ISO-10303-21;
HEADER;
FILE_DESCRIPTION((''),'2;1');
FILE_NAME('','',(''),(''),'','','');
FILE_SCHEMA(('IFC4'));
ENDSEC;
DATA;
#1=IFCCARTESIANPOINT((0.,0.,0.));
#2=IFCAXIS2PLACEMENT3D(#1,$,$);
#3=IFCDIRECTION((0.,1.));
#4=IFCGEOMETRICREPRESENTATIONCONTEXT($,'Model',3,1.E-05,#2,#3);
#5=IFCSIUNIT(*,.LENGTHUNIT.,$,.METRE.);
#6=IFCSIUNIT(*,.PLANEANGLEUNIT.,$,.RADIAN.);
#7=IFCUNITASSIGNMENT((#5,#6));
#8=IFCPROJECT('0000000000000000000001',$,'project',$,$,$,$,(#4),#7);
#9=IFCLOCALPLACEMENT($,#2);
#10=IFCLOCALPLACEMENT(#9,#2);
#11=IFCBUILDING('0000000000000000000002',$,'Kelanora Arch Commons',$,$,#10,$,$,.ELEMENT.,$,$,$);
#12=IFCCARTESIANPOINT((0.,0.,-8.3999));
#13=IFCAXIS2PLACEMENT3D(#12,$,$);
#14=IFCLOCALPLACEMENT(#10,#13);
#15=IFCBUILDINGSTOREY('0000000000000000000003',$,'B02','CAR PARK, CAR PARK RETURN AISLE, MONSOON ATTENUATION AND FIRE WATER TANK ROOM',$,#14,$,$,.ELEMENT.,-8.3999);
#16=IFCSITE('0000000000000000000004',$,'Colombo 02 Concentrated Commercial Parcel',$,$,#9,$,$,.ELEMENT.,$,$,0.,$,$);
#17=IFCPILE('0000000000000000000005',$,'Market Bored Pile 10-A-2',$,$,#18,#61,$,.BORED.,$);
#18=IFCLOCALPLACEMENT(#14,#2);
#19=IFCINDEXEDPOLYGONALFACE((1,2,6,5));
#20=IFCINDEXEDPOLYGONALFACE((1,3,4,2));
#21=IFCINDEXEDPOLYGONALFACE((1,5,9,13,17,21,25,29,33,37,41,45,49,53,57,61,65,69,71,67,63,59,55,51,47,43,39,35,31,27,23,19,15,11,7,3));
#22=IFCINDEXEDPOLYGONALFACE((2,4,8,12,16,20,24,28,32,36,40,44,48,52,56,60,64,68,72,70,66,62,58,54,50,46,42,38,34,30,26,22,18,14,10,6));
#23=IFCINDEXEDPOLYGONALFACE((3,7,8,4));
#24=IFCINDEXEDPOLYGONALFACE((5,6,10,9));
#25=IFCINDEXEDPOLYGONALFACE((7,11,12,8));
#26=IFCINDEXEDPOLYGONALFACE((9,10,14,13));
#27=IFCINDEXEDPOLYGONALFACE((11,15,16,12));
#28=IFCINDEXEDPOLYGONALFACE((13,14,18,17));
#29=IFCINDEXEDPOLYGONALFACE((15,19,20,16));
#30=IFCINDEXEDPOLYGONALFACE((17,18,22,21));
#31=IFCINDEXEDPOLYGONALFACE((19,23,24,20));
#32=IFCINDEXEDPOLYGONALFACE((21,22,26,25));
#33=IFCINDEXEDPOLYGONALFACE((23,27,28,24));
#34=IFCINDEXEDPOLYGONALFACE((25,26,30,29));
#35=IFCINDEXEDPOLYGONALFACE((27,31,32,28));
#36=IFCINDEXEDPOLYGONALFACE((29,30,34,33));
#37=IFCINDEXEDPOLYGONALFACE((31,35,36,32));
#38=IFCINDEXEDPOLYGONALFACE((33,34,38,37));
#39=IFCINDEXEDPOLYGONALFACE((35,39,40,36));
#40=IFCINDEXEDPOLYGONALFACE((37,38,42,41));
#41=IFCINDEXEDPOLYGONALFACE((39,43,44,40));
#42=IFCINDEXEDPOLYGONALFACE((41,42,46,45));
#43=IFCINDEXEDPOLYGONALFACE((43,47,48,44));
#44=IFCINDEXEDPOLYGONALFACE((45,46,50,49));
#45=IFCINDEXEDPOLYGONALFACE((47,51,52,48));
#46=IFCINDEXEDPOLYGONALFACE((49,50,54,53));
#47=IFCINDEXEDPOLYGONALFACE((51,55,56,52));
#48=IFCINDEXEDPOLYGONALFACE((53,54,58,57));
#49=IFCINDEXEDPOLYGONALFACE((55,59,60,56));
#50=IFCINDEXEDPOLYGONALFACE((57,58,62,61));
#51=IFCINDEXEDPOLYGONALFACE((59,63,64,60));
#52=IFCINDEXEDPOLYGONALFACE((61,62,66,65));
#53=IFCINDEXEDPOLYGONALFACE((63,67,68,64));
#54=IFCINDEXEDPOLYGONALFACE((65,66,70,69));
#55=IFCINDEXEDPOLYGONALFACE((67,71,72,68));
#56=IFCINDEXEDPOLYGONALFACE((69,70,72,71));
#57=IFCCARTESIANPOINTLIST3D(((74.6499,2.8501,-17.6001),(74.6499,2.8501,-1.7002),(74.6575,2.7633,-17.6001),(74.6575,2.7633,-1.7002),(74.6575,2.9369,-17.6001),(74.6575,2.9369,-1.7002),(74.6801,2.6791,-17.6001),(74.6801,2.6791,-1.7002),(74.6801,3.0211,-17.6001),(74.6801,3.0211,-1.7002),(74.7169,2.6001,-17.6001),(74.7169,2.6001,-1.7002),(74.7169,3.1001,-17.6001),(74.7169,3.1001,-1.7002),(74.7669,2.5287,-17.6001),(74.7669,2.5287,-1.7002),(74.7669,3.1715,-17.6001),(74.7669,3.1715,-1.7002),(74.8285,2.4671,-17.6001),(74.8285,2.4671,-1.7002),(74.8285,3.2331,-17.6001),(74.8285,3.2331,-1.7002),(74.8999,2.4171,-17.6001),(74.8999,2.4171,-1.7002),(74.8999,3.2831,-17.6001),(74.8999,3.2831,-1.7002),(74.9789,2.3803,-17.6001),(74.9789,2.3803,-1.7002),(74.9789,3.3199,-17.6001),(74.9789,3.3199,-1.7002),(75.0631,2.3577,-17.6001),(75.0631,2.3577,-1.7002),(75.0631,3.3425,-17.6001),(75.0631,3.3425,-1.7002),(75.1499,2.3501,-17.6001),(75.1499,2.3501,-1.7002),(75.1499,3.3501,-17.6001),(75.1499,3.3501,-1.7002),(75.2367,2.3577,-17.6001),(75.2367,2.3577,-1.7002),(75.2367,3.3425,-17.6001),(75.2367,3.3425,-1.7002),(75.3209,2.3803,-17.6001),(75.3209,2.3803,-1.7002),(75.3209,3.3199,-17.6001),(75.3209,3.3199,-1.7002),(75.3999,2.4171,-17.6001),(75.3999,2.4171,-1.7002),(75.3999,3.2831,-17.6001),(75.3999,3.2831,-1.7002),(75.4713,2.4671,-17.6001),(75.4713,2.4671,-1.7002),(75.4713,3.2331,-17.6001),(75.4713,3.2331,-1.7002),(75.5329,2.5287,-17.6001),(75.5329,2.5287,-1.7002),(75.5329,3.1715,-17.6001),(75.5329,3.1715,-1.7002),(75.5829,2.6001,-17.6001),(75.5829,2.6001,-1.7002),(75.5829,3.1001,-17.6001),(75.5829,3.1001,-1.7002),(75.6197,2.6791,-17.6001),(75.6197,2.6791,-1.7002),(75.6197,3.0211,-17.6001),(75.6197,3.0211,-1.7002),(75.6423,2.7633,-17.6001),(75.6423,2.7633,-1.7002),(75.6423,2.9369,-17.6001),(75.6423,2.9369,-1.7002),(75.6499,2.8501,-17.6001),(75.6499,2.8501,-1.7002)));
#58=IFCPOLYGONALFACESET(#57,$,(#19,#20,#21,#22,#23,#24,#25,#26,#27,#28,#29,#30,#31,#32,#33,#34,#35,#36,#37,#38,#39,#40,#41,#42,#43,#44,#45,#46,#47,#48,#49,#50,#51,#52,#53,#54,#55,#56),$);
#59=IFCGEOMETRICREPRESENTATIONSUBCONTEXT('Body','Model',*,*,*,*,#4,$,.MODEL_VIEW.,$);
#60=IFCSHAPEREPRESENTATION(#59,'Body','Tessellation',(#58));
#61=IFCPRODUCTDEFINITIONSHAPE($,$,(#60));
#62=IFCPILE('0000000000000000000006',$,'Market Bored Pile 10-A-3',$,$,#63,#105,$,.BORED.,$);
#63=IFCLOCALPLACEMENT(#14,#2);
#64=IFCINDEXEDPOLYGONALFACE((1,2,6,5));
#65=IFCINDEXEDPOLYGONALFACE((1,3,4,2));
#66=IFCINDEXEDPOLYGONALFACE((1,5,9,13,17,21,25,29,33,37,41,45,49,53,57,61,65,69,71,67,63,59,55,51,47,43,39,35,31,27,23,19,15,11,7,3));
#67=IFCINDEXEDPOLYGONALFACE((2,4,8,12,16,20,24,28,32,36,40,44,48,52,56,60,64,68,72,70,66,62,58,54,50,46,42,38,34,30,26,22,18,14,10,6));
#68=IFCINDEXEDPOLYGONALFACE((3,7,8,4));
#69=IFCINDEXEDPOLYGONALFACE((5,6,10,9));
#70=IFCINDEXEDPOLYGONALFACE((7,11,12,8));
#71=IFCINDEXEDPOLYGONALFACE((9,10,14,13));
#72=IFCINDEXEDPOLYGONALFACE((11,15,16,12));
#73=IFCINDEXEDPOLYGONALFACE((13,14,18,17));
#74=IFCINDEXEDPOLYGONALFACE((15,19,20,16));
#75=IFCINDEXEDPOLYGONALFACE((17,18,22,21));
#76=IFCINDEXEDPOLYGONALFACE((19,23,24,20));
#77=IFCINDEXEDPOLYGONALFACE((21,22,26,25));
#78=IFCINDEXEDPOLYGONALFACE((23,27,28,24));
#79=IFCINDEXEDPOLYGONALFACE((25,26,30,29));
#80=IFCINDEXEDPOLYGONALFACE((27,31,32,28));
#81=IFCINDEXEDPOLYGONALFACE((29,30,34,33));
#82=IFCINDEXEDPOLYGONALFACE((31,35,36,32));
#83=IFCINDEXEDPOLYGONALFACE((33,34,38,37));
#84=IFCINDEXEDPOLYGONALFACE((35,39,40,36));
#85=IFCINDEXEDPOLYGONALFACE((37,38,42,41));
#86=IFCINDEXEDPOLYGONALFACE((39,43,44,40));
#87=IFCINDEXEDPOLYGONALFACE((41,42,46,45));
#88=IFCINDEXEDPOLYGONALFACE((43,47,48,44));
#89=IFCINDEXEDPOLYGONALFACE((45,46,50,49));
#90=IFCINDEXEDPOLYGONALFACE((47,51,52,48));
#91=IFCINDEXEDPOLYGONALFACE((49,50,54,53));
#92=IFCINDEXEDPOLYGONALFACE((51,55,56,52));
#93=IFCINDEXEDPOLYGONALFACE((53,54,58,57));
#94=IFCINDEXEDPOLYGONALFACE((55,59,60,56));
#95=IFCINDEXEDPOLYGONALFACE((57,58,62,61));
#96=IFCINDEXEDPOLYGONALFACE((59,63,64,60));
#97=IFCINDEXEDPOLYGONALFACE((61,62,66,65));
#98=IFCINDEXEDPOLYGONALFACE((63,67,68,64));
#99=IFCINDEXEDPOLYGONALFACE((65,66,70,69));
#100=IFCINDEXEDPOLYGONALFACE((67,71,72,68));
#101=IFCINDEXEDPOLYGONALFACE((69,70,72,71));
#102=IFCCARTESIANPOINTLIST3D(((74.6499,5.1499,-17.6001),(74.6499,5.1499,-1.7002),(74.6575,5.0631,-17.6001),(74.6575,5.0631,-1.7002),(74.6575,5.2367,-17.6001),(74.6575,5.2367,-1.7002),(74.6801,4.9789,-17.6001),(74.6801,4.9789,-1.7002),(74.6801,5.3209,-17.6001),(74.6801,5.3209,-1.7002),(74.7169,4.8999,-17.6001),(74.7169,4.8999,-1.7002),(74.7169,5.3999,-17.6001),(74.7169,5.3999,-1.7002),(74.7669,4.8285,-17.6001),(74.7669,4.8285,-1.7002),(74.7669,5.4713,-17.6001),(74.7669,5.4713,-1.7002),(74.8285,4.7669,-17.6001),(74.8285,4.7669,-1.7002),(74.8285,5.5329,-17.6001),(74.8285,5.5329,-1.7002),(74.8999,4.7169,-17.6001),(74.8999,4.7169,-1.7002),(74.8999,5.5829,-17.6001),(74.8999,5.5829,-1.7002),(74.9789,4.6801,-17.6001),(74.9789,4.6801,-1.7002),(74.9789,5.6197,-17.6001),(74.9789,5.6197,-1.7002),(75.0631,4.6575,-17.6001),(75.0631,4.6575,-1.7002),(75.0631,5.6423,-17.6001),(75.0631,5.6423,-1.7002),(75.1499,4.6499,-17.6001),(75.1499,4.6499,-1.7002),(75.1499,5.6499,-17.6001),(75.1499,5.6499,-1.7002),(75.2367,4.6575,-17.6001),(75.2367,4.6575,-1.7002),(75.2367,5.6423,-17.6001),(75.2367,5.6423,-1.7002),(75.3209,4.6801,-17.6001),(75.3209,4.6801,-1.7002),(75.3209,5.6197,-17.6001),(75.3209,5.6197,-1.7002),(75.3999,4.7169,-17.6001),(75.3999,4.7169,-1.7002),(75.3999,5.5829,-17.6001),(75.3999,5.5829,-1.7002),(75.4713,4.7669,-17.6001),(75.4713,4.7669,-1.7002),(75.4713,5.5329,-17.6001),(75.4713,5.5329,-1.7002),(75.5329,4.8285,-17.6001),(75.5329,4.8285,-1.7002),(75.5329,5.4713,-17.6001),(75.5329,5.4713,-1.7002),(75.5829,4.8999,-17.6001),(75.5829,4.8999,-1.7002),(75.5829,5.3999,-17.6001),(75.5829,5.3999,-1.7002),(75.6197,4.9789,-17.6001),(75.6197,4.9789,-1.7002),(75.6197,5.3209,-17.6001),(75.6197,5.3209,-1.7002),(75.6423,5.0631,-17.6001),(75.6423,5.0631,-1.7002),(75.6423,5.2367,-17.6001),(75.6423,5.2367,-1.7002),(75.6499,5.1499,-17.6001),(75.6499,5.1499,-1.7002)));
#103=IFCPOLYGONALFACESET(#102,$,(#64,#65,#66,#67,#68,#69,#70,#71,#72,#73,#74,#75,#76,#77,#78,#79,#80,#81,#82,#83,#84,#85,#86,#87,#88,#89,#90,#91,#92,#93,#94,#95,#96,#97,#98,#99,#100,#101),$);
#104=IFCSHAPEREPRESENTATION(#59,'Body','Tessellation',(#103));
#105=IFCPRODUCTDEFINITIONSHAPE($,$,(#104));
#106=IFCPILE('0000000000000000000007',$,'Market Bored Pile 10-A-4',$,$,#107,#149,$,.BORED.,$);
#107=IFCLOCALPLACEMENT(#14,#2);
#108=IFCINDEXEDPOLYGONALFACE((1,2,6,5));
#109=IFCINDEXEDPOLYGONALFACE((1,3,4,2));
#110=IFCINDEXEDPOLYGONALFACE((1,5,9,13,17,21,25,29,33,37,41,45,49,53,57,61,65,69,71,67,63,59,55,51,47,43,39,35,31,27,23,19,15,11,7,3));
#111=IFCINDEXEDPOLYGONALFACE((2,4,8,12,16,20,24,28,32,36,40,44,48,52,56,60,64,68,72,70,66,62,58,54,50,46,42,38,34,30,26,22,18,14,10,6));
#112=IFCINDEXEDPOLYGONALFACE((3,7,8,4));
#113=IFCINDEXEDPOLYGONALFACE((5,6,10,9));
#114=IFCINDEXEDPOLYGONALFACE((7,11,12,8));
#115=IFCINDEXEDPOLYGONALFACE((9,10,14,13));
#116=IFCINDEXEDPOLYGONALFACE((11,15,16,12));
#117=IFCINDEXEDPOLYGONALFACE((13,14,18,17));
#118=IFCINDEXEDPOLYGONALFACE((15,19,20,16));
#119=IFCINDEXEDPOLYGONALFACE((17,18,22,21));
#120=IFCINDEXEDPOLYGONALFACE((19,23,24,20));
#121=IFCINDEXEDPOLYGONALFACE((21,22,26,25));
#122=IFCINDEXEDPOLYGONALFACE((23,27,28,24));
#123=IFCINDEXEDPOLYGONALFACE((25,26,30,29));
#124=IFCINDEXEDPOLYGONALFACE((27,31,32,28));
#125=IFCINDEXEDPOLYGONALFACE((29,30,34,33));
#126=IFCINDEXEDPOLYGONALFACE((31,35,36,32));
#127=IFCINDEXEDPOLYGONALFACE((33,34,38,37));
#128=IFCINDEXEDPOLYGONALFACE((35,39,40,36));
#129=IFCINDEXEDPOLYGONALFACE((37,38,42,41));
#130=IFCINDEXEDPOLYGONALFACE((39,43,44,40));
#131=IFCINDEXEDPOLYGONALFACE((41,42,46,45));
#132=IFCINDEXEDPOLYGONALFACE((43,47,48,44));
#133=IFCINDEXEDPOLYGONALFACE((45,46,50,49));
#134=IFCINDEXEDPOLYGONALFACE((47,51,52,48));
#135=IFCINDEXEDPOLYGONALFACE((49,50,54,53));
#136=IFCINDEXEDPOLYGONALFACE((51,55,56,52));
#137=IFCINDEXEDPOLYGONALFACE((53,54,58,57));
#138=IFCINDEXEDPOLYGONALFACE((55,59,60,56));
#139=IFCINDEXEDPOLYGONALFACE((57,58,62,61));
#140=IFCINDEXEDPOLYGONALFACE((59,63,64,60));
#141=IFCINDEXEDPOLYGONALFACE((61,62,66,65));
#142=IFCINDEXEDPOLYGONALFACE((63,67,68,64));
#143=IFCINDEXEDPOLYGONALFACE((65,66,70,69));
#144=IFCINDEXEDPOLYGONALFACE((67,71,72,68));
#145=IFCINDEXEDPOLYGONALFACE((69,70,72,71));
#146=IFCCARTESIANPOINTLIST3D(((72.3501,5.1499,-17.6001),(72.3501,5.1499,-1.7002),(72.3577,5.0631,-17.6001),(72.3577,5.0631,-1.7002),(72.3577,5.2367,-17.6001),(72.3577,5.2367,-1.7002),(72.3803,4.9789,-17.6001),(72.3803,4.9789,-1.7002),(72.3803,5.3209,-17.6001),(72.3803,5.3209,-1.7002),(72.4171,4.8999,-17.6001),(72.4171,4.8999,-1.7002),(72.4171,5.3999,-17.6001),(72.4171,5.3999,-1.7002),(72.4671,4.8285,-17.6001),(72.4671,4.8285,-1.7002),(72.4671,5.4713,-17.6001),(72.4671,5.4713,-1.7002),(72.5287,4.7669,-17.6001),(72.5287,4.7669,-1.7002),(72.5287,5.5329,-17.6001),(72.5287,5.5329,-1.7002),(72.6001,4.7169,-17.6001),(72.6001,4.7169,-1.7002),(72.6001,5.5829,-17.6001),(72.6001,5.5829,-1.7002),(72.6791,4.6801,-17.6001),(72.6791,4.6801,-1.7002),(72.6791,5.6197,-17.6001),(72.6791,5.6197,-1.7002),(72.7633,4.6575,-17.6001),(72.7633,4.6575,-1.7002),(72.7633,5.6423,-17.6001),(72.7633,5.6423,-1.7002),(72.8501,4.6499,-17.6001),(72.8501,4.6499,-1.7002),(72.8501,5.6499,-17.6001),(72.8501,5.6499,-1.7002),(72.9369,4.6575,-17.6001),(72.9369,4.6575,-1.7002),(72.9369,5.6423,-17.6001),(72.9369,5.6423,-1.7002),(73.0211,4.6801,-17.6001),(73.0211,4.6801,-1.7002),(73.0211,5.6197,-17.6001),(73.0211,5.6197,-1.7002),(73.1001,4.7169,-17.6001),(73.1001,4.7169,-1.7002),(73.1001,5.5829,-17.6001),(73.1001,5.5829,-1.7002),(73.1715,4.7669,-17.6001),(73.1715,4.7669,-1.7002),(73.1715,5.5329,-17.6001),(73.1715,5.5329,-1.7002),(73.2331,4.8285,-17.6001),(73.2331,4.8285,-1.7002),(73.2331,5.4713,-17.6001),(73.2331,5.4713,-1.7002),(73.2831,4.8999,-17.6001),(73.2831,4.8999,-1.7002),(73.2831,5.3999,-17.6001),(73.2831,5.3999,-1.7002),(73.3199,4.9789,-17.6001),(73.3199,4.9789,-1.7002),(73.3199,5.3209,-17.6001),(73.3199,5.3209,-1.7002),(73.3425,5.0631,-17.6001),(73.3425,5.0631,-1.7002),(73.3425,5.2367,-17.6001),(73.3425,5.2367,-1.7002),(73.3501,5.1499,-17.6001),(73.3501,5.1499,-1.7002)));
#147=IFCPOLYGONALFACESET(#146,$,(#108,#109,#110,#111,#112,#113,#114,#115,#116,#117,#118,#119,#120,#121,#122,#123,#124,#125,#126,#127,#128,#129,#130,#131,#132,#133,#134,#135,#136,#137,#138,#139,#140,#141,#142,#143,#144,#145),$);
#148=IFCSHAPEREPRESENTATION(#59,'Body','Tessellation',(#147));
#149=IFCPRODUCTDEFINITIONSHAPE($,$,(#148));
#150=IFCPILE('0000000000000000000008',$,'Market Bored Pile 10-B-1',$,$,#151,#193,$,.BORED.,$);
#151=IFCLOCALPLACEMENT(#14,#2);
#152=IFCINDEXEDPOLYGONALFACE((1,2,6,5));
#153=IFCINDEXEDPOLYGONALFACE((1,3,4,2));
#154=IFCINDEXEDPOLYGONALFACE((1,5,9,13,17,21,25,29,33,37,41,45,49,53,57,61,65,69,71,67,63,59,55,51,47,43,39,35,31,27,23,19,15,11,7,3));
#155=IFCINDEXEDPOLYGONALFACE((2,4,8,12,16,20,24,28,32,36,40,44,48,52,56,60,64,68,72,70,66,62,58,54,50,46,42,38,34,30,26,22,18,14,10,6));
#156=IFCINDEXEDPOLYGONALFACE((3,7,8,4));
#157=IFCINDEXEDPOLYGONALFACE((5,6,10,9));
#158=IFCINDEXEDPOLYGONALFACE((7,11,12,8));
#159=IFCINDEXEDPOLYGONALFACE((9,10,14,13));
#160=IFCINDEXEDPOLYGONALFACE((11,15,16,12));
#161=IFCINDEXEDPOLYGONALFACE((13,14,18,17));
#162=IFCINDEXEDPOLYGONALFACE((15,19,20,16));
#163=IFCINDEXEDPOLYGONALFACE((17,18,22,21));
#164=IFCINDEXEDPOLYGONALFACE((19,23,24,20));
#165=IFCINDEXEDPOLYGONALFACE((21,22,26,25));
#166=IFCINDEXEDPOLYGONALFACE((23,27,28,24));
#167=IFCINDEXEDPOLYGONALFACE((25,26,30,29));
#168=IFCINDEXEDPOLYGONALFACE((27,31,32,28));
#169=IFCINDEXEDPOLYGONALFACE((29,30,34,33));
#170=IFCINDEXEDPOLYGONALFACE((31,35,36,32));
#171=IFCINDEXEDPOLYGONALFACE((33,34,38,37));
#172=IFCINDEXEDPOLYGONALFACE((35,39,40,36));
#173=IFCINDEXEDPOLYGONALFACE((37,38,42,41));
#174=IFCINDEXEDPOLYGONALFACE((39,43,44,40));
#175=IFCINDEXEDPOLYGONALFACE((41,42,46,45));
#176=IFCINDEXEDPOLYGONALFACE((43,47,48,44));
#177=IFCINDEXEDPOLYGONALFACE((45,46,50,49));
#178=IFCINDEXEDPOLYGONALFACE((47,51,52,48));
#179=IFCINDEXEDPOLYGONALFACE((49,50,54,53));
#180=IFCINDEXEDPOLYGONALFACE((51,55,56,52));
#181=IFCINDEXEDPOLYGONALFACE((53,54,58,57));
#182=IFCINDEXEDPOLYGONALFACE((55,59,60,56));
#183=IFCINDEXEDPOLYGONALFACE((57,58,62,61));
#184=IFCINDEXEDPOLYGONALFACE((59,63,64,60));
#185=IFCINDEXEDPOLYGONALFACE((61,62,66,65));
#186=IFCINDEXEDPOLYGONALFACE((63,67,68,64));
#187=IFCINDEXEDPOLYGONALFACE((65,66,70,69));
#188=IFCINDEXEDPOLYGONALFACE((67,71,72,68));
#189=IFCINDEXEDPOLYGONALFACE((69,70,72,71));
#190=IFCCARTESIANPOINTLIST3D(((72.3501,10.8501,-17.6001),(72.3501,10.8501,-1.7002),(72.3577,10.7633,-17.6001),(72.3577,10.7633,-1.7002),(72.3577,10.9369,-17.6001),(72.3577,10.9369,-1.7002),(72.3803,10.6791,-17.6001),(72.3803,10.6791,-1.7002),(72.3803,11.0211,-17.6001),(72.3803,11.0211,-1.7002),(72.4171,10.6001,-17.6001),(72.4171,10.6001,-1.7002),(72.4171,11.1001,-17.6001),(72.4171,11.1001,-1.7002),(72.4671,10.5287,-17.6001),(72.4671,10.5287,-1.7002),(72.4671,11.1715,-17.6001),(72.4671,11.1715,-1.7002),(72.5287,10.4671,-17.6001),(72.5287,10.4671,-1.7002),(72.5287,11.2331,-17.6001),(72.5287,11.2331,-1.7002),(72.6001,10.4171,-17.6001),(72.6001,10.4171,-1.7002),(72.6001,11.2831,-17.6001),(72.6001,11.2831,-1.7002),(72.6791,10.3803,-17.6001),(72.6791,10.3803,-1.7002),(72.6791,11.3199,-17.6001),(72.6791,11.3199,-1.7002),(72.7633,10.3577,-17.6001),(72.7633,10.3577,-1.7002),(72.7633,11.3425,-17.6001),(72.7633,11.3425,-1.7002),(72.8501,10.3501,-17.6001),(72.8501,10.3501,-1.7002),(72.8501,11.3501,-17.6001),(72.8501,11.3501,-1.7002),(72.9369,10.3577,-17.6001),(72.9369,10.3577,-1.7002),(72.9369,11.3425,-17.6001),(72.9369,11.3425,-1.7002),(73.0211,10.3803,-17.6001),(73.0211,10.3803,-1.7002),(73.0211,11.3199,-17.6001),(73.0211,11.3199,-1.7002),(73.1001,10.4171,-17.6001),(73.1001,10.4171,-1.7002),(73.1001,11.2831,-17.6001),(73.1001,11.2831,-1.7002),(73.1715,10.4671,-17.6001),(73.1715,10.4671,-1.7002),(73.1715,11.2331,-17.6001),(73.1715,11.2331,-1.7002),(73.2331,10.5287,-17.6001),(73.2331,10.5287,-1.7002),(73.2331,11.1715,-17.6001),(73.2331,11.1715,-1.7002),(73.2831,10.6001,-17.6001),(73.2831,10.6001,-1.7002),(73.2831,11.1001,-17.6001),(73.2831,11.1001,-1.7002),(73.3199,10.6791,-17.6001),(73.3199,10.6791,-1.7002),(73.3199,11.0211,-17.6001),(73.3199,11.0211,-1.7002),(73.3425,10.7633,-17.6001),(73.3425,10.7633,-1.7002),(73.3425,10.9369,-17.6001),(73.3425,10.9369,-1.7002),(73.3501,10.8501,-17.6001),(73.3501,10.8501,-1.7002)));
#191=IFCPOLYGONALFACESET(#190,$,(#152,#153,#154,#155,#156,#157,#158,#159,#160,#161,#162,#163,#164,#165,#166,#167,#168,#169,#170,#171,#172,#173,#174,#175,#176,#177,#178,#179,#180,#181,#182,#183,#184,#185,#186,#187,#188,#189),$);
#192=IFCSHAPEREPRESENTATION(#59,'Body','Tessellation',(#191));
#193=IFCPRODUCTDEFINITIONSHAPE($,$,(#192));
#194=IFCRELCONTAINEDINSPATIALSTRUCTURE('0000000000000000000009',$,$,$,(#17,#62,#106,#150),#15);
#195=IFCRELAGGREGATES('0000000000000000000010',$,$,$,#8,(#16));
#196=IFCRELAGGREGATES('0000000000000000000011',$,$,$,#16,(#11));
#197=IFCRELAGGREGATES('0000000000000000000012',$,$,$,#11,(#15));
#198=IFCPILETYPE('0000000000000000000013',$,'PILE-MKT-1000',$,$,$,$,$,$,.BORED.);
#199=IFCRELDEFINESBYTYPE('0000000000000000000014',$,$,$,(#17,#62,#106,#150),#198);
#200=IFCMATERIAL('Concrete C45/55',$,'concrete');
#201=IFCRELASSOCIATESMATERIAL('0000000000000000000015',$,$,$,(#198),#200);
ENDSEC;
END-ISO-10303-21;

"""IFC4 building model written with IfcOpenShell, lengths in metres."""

from ifc_helpers import new_model, si_unit, direction, frame, origin, origin_2d, place, context, subcontext, project, spatial, circle, extrude, source, transform, mapped, material, material_profile, profile_set, type_object, element, save


model = new_model("IFC4")

# Units and contexts
model_context = context("Model", 3, precision=1e-05, world=origin(), true_north=direction((0.0, 1.0)))
body_context = subcontext(model_context, "Body", "Model", "MODEL_VIEW")
ifc_project = project(units=[si_unit("LENGTHUNIT", "METRE"), si_unit("PLANEANGLEUNIT", "RADIAN")], contexts=[model_context])

# Site, building, storey
site_placement = place(None, origin())
site = spatial("IfcSite", under=ifc_project, at=site_placement, Name="Colombo 02 Concentrated Commercial Parcel", CompositionType="ELEMENT", RefElevation=0.0)
building_placement = place(site_placement, origin())
building = spatial("IfcBuilding", under=site, at=building_placement, Name="Kelanora Arch Commons", CompositionType="ELEMENT")
storey_placement = place(building_placement, frame((0.0, 0.0, -8.3999)))
storey = spatial("IfcBuildingStorey", under=building, at=storey_placement, Name="B02", Description="CAR PARK, CAR PARK RETURN AISLE, MONSOON ATTENUATION AND FIRE WATER TANK ROOM", CompositionType="ELEMENT", Elevation=-8.3999)

# Piles
ifc_material_1 = material(Name="Concrete C45/55", Category="concrete")
ifc_material_profile_1 = material_profile(ifc_material_1, circle(Radius=0.5, at=origin_2d()), Name="PILE1000")
ifc_profile_set_1 = profile_set([ifc_material_profile_1], Name="Concrete C45/55")
pile_type = type_object("IfcPileType", Name="PILE-MKT-1000", PredefinedType="BORED", material=ifc_profile_set_1)
shared_shape_1 = source(origin(), body_context, "Body", "SweptSolid", [
    extrude(circle(Radius=0.5, at=origin_2d()), origin(), (0.0, 0.0, 1.0), 15.8999),
])
for number, where, z_axis, x_axis, name in (
    (1, (75.1499, 2.8501, -1.7002), (0.0, 0.0, -1.0), (1.0, 0.0, 0.0), "Market Bored Pile 10-A-2"),
    (2, (75.1499, 5.1499, -1.7002), (0.0, 0.0, -1.0), (1.0, 0.0, 0.0), "Market Bored Pile 10-A-3"),
    (3, (72.8501, 5.1499, -1.7002), (0.0, 0.0, -1.0), (1.0, 0.0, 0.0), "Market Bored Pile 10-A-4"),
    (4, (72.8501, 10.8501, -1.7002), (0.0, 0.0, -1.0), (1.0, 0.0, 0.0), "Market Bored Pile 10-B-1"),
):
    element("IfcPile", number, at=place(storey_placement, frame(where, z_axis=z_axis, x_axis=x_axis)), inside=storey, type_object=pile_type, Name=name, PredefinedType="BORED", context=body_context, shape_type="MappedRepresentation", body=[
        mapped(shared_shape_1, transform((0.0, 0.0, 0.0), scale=1.0)),
    ])

save(model, "model.ifc")
